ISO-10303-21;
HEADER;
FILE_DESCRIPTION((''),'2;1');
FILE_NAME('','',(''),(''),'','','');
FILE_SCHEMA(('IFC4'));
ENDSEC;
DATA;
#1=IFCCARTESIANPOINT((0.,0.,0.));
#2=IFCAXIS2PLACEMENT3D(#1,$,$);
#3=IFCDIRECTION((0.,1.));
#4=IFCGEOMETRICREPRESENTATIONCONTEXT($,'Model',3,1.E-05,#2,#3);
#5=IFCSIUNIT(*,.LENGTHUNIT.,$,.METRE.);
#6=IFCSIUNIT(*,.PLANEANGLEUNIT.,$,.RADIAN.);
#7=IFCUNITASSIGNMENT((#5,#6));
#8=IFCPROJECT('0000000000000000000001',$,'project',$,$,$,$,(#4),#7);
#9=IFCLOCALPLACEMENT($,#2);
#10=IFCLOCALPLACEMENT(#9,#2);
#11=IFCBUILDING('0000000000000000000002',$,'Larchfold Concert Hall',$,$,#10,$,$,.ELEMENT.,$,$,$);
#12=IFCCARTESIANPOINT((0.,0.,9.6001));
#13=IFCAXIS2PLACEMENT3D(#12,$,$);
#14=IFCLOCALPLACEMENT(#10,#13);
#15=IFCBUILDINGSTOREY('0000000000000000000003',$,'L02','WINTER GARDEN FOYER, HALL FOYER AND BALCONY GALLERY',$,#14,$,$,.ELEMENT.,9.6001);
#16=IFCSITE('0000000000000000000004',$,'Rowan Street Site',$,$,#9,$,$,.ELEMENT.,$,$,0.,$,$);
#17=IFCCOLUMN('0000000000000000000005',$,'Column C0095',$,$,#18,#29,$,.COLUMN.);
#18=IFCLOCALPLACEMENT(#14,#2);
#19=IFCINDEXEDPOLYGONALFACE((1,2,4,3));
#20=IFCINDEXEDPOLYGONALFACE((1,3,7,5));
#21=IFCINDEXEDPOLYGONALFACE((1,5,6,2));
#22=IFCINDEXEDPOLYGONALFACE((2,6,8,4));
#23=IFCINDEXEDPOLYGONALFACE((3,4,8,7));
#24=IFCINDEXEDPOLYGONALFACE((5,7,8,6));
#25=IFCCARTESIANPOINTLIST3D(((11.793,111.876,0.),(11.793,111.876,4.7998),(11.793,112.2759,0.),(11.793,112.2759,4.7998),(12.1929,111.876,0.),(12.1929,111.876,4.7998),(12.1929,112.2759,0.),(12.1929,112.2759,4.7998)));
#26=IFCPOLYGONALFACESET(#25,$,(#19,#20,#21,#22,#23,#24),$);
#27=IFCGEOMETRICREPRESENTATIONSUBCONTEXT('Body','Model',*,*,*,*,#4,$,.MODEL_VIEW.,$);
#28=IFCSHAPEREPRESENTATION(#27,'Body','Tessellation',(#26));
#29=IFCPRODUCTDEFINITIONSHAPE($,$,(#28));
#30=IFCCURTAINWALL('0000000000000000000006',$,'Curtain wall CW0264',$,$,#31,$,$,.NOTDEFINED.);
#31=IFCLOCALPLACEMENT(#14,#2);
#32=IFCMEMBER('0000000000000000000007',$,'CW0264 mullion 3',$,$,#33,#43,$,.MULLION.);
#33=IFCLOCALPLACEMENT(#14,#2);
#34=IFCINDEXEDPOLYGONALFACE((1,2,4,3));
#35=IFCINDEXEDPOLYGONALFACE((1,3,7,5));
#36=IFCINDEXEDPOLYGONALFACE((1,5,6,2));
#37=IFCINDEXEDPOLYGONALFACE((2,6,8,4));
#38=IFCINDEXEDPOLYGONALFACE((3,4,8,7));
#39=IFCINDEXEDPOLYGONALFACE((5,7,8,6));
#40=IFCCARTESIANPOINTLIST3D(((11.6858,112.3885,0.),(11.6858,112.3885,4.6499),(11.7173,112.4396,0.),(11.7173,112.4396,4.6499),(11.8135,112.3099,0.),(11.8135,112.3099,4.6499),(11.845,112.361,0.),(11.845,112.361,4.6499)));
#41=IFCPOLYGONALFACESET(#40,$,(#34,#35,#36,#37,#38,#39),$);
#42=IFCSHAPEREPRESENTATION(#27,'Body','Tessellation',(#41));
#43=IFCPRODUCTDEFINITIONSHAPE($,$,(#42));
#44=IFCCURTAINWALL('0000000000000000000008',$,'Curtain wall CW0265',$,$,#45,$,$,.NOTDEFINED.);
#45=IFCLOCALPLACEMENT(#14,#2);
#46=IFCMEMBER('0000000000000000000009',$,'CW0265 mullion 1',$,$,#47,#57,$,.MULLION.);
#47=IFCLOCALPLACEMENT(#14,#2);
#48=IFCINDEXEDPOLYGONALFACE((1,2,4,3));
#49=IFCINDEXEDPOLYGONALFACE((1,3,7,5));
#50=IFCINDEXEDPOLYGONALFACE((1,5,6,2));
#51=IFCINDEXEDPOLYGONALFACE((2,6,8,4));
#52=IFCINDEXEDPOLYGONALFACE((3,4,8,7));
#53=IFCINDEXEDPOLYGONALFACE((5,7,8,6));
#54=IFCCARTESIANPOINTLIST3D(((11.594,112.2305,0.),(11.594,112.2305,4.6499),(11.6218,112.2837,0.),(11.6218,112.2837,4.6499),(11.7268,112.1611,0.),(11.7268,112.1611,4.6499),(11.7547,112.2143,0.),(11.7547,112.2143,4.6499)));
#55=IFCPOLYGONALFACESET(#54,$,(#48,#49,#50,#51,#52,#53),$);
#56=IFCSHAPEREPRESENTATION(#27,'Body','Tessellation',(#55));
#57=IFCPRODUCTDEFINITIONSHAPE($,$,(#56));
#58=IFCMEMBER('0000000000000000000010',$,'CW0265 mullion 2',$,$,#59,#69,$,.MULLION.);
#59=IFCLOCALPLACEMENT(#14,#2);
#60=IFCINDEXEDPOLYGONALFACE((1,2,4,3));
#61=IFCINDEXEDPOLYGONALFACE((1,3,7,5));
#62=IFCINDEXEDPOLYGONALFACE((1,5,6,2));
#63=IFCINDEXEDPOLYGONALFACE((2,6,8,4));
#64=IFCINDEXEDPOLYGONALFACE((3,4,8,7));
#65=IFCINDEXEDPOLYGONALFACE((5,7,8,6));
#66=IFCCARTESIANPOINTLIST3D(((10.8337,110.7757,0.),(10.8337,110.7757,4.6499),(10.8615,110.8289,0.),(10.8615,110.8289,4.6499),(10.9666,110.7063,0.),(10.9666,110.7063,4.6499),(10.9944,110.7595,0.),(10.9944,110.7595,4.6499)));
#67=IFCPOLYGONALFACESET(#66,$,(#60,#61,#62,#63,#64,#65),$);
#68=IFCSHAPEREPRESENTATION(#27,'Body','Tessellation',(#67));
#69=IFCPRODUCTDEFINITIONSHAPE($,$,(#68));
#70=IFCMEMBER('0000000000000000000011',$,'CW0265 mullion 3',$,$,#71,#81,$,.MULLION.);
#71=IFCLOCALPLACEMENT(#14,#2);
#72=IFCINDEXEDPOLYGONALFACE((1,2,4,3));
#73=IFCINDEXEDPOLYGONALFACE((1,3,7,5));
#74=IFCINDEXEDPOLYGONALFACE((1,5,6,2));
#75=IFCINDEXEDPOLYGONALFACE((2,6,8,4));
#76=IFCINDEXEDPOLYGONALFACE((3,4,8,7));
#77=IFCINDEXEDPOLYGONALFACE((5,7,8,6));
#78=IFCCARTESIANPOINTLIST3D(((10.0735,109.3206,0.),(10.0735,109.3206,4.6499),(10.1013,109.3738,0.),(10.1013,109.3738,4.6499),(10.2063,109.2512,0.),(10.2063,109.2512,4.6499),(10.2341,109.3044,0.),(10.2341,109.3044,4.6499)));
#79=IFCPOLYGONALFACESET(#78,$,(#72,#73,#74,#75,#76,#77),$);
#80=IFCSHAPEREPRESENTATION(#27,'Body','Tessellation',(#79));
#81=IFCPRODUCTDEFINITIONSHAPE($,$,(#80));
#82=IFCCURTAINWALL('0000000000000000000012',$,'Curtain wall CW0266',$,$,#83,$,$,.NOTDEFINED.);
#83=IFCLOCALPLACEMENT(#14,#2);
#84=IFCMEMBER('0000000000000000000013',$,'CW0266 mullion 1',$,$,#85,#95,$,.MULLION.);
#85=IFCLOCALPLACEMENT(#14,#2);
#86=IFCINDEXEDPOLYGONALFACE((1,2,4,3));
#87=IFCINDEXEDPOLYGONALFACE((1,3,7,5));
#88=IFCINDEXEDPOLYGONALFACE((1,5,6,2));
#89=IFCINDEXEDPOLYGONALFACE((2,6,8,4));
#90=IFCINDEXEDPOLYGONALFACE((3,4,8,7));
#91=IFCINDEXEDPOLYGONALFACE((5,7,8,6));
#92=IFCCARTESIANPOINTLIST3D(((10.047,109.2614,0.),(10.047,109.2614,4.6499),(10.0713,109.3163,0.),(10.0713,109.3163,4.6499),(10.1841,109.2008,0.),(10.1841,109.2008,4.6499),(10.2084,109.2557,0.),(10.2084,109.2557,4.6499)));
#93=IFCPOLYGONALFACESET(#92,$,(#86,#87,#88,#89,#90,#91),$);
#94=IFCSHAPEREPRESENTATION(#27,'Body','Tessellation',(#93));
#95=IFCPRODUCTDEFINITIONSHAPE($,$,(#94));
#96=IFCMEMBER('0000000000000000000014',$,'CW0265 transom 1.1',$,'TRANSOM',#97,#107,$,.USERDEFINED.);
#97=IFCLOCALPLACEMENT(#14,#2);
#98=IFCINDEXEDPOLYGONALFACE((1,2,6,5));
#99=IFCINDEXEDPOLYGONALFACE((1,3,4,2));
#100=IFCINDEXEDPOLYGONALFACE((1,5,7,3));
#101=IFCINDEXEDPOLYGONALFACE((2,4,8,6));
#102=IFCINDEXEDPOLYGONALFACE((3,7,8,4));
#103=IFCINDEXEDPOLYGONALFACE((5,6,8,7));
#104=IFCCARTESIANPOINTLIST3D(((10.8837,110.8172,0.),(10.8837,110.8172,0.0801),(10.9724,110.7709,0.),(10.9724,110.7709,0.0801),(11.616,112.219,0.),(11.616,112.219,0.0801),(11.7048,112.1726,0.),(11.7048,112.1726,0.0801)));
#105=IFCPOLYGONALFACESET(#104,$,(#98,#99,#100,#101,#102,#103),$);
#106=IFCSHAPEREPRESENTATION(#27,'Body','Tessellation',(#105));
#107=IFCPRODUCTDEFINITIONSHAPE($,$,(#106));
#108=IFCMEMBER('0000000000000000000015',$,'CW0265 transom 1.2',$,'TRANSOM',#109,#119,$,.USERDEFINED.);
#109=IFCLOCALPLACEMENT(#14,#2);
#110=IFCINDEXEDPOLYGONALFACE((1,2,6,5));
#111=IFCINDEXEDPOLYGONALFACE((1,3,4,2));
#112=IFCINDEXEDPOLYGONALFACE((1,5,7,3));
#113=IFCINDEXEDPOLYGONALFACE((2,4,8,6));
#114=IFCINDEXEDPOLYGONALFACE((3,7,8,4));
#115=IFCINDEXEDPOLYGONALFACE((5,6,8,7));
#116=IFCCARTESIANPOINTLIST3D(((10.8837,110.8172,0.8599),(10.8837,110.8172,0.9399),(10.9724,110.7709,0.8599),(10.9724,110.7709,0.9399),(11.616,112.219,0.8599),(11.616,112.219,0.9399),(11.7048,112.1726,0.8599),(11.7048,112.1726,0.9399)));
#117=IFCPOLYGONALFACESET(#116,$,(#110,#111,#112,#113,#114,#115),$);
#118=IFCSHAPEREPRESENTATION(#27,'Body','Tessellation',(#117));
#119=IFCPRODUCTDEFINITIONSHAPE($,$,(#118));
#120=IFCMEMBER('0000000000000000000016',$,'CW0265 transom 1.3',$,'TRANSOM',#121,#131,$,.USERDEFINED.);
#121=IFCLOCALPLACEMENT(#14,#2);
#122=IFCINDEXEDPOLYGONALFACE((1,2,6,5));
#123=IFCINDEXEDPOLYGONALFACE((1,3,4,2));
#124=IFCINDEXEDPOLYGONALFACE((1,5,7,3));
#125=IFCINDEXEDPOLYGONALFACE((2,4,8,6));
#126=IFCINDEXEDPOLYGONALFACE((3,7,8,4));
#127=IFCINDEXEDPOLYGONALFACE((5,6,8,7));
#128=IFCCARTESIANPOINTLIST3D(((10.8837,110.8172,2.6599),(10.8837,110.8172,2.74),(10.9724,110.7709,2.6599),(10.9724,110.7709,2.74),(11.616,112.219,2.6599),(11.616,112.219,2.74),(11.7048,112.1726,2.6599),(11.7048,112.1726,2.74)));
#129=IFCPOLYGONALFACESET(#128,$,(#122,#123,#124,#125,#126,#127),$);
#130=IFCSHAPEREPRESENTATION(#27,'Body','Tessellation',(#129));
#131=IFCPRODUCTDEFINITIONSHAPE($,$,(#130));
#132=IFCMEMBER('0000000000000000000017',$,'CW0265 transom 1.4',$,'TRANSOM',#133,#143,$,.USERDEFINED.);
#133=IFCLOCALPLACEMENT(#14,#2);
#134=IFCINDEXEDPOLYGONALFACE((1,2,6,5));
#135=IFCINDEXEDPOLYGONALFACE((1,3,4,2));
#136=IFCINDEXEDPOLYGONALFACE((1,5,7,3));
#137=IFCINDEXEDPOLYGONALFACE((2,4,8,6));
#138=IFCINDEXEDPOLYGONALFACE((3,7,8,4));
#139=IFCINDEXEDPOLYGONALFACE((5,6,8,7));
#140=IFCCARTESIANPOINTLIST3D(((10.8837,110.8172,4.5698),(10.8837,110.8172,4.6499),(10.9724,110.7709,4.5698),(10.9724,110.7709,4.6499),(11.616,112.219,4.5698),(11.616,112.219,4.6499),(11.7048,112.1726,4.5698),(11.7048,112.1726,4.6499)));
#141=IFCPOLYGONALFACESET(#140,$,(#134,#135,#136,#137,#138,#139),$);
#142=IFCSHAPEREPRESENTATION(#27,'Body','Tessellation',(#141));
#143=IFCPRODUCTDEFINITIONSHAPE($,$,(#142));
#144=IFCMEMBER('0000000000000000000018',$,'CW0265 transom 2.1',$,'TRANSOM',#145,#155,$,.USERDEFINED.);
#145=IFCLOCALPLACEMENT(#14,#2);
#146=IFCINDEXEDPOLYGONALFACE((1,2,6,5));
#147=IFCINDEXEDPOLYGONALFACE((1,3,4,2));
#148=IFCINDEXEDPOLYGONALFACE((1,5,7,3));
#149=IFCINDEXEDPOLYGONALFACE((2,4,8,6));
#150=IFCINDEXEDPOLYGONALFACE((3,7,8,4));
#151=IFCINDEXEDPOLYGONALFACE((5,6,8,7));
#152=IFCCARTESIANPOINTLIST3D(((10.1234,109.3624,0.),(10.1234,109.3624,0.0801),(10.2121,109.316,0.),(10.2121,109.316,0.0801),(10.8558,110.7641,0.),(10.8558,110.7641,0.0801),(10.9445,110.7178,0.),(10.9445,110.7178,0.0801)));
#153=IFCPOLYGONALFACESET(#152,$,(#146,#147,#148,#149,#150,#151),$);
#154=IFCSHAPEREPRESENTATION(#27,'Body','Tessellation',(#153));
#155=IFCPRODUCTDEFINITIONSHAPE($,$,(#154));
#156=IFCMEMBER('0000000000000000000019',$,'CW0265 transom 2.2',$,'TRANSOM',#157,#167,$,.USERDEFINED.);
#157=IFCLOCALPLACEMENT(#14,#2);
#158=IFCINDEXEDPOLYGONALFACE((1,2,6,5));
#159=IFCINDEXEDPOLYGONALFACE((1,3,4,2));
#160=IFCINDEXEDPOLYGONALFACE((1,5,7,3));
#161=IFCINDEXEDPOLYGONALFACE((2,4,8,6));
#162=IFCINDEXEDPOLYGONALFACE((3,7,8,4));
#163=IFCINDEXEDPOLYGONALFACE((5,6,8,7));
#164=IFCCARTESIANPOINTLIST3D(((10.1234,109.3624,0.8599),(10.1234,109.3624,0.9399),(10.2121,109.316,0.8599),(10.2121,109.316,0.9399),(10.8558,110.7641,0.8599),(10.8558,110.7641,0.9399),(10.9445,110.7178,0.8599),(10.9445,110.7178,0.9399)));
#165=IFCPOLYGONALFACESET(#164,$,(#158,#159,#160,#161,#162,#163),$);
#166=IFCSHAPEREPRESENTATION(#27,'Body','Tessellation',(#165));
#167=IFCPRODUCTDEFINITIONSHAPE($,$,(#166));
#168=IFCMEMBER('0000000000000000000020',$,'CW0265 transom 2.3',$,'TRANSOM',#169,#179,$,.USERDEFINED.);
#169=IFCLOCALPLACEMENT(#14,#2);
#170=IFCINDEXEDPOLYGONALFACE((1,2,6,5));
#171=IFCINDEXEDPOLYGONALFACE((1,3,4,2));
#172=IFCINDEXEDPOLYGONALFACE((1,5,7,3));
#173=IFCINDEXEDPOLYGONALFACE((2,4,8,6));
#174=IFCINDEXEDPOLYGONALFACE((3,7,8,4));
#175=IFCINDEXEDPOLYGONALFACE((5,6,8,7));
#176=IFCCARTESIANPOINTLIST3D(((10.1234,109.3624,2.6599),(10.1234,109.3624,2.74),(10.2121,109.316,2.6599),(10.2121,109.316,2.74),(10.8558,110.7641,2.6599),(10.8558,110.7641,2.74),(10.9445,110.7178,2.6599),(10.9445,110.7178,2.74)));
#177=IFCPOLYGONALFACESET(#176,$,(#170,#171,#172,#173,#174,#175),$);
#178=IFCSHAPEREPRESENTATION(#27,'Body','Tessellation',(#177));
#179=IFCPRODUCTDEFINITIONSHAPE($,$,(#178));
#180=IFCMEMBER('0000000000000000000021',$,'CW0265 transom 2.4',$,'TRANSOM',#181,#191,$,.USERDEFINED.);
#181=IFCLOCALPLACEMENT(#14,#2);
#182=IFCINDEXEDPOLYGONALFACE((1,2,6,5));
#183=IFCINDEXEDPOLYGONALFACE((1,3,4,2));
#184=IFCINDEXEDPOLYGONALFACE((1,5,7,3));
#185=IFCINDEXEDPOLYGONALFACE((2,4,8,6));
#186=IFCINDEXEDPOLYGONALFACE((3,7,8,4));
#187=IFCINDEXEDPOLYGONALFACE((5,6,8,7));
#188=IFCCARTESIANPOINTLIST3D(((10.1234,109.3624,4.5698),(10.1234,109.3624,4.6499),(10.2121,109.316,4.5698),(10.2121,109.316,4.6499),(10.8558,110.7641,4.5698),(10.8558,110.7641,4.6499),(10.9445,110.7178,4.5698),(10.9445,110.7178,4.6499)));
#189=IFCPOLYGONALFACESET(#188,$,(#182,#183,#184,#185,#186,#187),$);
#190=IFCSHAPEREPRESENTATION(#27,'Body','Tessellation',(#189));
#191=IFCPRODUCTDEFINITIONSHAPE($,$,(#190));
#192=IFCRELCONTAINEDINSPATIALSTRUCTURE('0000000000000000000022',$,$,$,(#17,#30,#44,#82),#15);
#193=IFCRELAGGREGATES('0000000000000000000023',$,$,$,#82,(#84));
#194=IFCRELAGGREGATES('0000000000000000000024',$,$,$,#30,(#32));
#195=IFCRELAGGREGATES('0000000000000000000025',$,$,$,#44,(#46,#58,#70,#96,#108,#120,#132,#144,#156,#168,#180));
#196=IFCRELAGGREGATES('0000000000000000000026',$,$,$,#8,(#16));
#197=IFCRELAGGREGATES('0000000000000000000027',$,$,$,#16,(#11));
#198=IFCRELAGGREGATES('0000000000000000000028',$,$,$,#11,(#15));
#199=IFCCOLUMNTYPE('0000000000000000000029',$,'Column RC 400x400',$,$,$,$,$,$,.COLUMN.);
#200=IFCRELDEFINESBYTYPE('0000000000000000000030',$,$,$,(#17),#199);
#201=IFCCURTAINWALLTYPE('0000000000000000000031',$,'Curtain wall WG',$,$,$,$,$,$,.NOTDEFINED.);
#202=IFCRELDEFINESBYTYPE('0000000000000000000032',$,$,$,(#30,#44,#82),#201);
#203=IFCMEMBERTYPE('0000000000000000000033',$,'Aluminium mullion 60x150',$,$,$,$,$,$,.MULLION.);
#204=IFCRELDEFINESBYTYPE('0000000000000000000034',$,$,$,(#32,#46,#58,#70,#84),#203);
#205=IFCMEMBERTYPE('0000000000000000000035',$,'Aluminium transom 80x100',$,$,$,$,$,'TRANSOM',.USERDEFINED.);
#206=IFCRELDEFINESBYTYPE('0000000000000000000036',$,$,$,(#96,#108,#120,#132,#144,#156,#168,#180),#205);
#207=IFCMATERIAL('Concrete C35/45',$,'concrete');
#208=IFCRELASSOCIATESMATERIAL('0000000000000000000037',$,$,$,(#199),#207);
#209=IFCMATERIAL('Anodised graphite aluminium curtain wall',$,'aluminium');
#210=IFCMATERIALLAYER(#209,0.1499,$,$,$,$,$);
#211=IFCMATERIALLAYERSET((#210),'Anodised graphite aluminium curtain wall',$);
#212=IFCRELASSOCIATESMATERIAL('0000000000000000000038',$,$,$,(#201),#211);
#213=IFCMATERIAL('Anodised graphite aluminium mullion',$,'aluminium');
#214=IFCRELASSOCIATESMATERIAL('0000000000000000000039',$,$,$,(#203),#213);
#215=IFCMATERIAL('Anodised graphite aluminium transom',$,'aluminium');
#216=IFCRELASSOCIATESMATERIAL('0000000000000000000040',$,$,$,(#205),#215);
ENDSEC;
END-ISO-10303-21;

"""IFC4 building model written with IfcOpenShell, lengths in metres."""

from ifc_helpers import new_model, si_unit, direction, frame, origin, origin_2d, place, context, subcontext, project, spatial, rectangle, extrude, material, layer, layer_set, material_profile, profile_set, type_object, element, aggregate, save


model = new_model("IFC4")

# Units and contexts
model_context = context("Model", 3, precision=1e-05, world=origin(), true_north=direction((0.0, 1.0)))
body_context = subcontext(model_context, "Body", "Model", "MODEL_VIEW")
ifc_project = project(units=[si_unit("LENGTHUNIT", "METRE"), si_unit("PLANEANGLEUNIT", "RADIAN")], contexts=[model_context])

# Site, building, storey
site_placement = place(None, origin())
site = spatial("IfcSite", under=ifc_project, at=site_placement, Name="Rowan Street Site", CompositionType="ELEMENT", RefElevation=0.0)
building_placement = place(site_placement, origin())
building = spatial("IfcBuilding", under=site, at=building_placement, Name="Larchfold Concert Hall", CompositionType="ELEMENT")
storey_placement = place(building_placement, frame((0.0, 0.0, 9.6001)))
storey = spatial("IfcBuildingStorey", under=building, at=storey_placement, Name="L02", Description="WINTER GARDEN FOYER, HALL FOYER AND BALCONY GALLERY", CompositionType="ELEMENT", Elevation=9.6001)

# Column
ifc_material_1 = material(Name="Concrete C35/45", Category="concrete")
ifc_material_profile_1 = material_profile(ifc_material_1, rectangle(XDim=0.3999, YDim=0.3999, at=origin_2d()))
ifc_profile_set_1 = profile_set([ifc_material_profile_1], Name="Concrete C35/45")
column_type = type_object("IfcColumnType", Name="Column RC 400x400", PredefinedType="COLUMN", material=ifc_profile_set_1)
column_placement = place(storey_placement, frame((11.9929, 112.0759, 0.0), z_axis=(0.0, 0.0, 1.0), x_axis=(1.0, 0.0, 0.0)))
element("IfcColumn", 1, at=column_placement, inside=storey, type_object=column_type, Name="Column C0095", PredefinedType="COLUMN", context=body_context, shape_type="SweptSolid", body=[
    extrude(rectangle(XDim=0.3999, YDim=0.3999, at=origin_2d()), origin(), (0.0, 0.0, 1.0), 4.7998),
])

# Curtain wall, member
ifc_material_2 = material(Name="Anodised graphite aluminium curtain wall", Category="aluminium")
ifc_layer_1 = layer(ifc_material_2, 0.1499)
ifc_layer_set_1 = layer_set([ifc_layer_1], Name="Anodised graphite aluminium curtain wall")
curtain_wall_type = type_object("IfcCurtainWallType", Name="Curtain wall WG", PredefinedType="NOTDEFINED", material=ifc_layer_set_1)
curtain_wall_1_placement = place(storey_placement, origin())
curtain_wall_1 = element("IfcCurtainWall", 2, at=curtain_wall_1_placement, inside=storey, type_object=curtain_wall_type, Name="Curtain wall CW0264", PredefinedType="NOTDEFINED")
ifc_material_3 = material(Name="Anodised graphite aluminium mullion", Category="aluminium")
ifc_material_profile_2 = material_profile(ifc_material_3, rectangle(XDim=0.1499, YDim=0.0601, at=origin_2d()))
ifc_profile_set_2 = profile_set([ifc_material_profile_2], Name="Anodised graphite aluminium mullion")
member_type_1 = type_object("IfcMemberType", Name="Aluminium mullion 60x150", PredefinedType="MULLION", material=ifc_profile_set_2)
member_1_placement = place(storey_placement, frame((11.7654, 112.3748, 0.0), z_axis=(0.0, 0.0, 1.0), x_axis=(0.851651, -0.52411, 0.0)))
member_1 = element("IfcMember", 3, at=member_1_placement, type_object=member_type_1, Name="CW0264 mullion 3", PredefinedType="MULLION", context=body_context, shape_type="SweptSolid", body=[
    extrude(rectangle(XDim=0.1499, YDim=0.0601, at=origin_2d()), origin(), (0.0, 0.0, 1.0), 4.6499),
])

# Curtain wall, members
curtain_wall_2_placement = place(storey_placement, origin())
curtain_wall_2 = element("IfcCurtainWall", 4, at=curtain_wall_2_placement, inside=storey, type_object=curtain_wall_type, Name="Curtain wall CW0265", PredefinedType="NOTDEFINED")
member_2_placement = place(storey_placement, frame((11.6743, 112.2224, 0.0), z_axis=(0.0, 0.0, 1.0), x_axis=(0.886296, -0.46312, 0.0)))
member_2 = element("IfcMember", 5, at=member_2_placement, type_object=member_type_1, Name="CW0265 mullion 1", PredefinedType="MULLION", context=body_context, shape_type="SweptSolid", body=[
    extrude(rectangle(XDim=0.1499, YDim=0.0601, at=origin_2d()), origin(), (0.0, 0.0, 1.0), 4.6499),
])
member_3_placement = place(storey_placement, frame((10.9141, 110.7676, 0.0), z_axis=(0.0, 0.0, 1.0), x_axis=(0.886296, -0.46312, 0.0)))
member_3 = element("IfcMember", 6, at=member_3_placement, type_object=member_type_1, Name="CW0265 mullion 2", PredefinedType="MULLION", context=body_context, shape_type="SweptSolid", body=[
    extrude(rectangle(XDim=0.1499, YDim=0.0601, at=origin_2d()), origin(), (0.0, 0.0, 1.0), 4.6499),
])
member_4_placement = place(storey_placement, frame((10.1538, 109.3125, 0.0), z_axis=(0.0, 0.0, 1.0), x_axis=(0.886296, -0.46312, 0.0)))
member_4 = element("IfcMember", 7, at=member_4_placement, type_object=member_type_1, Name="CW0265 mullion 3", PredefinedType="MULLION", context=body_context, shape_type="SweptSolid", body=[
    extrude(rectangle(XDim=0.1499, YDim=0.0601, at=origin_2d()), origin(), (0.0, 0.0, 1.0), 4.6499),
])

# Curtain wall, member
curtain_wall_3_placement = place(storey_placement, origin())
curtain_wall_3 = element("IfcCurtainWall", 8, at=curtain_wall_3_placement, inside=storey, type_object=curtain_wall_type, Name="Curtain wall CW0266", PredefinedType="NOTDEFINED")
member_5_placement = place(storey_placement, frame((10.1277, 109.2585, 0.0), z_axis=(0.0, 0.0, 1.0), x_axis=(0.914703, -0.404126, 0.0)))
member_5 = element("IfcMember", 9, at=member_5_placement, type_object=member_type_1, Name="CW0266 mullion 1", PredefinedType="MULLION", context=body_context, shape_type="SweptSolid", body=[
    extrude(rectangle(XDim=0.1499, YDim=0.0601, at=origin_2d()), origin(), (0.0, 0.0, 1.0), 4.6499),
])

# Members
ifc_material_4 = material(Name="Anodised graphite aluminium transom", Category="aluminium")
ifc_material_profile_3 = material_profile(ifc_material_4, rectangle(XDim=0.1001, YDim=0.0801, at=origin_2d()))
ifc_profile_set_3 = profile_set([ifc_material_profile_3], Name="Anodised graphite aluminium transom")
member_type_2 = type_object("IfcMemberType", Name="Aluminium transom 80x100", ElementType="TRANSOM", PredefinedType="USERDEFINED", material=ifc_profile_set_3)
member_6_placement = place(storey_placement, frame((11.6604, 112.1958, 0.04), z_axis=(-0.463072, -0.88632, 0.0), x_axis=(0.88632, -0.463072, 0.0)))
member_6 = element("IfcMember", 10, at=member_6_placement, type_object=member_type_2, Name="CW0265 transom 1.1", ObjectType="TRANSOM", PredefinedType="USERDEFINED", context=body_context, shape_type="SweptSolid", body=[
    extrude(rectangle(XDim=0.1001, YDim=0.0801, at=origin_2d()), origin(), (0.0, 0.0, 1.0), 1.5815),
])
member_7_placement = place(storey_placement, frame((11.6604, 112.1958, 0.8999), z_axis=(-0.463072, -0.88632, 0.0), x_axis=(0.88632, -0.463072, 0.0)))
member_7 = element("IfcMember", 11, at=member_7_placement, type_object=member_type_2, Name="CW0265 transom 1.2", ObjectType="TRANSOM", PredefinedType="USERDEFINED", context=body_context, shape_type="SweptSolid", body=[
    extrude(rectangle(XDim=0.1001, YDim=0.0801, at=origin_2d()), origin(), (0.0, 0.0, 1.0), 1.5815),
])
member_8_placement = place(storey_placement, frame((11.6604, 112.1958, 2.7), z_axis=(-0.463072, -0.88632, 0.0), x_axis=(0.88632, -0.463072, 0.0)))
member_8 = element("IfcMember", 12, at=member_8_placement, type_object=member_type_2, Name="CW0265 transom 1.3", ObjectType="TRANSOM", PredefinedType="USERDEFINED", context=body_context, shape_type="SweptSolid", body=[
    extrude(rectangle(XDim=0.1001, YDim=0.0801, at=origin_2d()), origin(), (0.0, 0.0, 1.0), 1.5815),
])
member_9_placement = place(storey_placement, frame((11.6604, 112.1958, 4.6099), z_axis=(-0.463072, -0.88632, 0.0), x_axis=(0.88632, -0.463072, 0.0)))
member_9 = element("IfcMember", 13, at=member_9_placement, type_object=member_type_2, Name="CW0265 transom 1.4", ObjectType="TRANSOM", PredefinedType="USERDEFINED", context=body_context, shape_type="SweptSolid", body=[
    extrude(rectangle(XDim=0.1001, YDim=0.0801, at=origin_2d()), origin(), (0.0, 0.0, 1.0), 1.5815),
])
member_10_placement = place(storey_placement, frame((10.9001, 110.741, 0.04), z_axis=(-0.463072, -0.88632, 0.0), x_axis=(0.88632, -0.463072, 0.0)))
member_10 = element("IfcMember", 14, at=member_10_placement, type_object=member_type_2, Name="CW0265 transom 2.1", ObjectType="TRANSOM", PredefinedType="USERDEFINED", context=body_context, shape_type="SweptSolid", body=[
    extrude(rectangle(XDim=0.1001, YDim=0.0801, at=origin_2d()), origin(), (0.0, 0.0, 1.0), 1.5815),
])
member_11_placement = place(storey_placement, frame((10.9001, 110.741, 0.8999), z_axis=(-0.463072, -0.88632, 0.0), x_axis=(0.88632, -0.463072, 0.0)))
member_11 = element("IfcMember", 15, at=member_11_placement, type_object=member_type_2, Name="CW0265 transom 2.2", ObjectType="TRANSOM", PredefinedType="USERDEFINED", context=body_context, shape_type="SweptSolid", body=[
    extrude(rectangle(XDim=0.1001, YDim=0.0801, at=origin_2d()), origin(), (0.0, 0.0, 1.0), 1.5815),
])
member_12_placement = place(storey_placement, frame((10.9001, 110.741, 2.7), z_axis=(-0.463072, -0.88632, 0.0), x_axis=(0.88632, -0.463072, 0.0)))
member_12 = element("IfcMember", 16, at=member_12_placement, type_object=member_type_2, Name="CW0265 transom 2.3", ObjectType="TRANSOM", PredefinedType="USERDEFINED", context=body_context, shape_type="SweptSolid", body=[
    extrude(rectangle(XDim=0.1001, YDim=0.0801, at=origin_2d()), origin(), (0.0, 0.0, 1.0), 1.5815),
])
member_13_placement = place(storey_placement, frame((10.9001, 110.741, 4.6099), z_axis=(-0.463072, -0.88632, 0.0), x_axis=(0.88632, -0.463072, 0.0)))
member_13 = element("IfcMember", 17, at=member_13_placement, type_object=member_type_2, Name="CW0265 transom 2.4", ObjectType="TRANSOM", PredefinedType="USERDEFINED", context=body_context, shape_type="SweptSolid", body=[
    extrude(rectangle(XDim=0.1001, YDim=0.0801, at=origin_2d()), origin(), (0.0, 0.0, 1.0), 1.5815),
])
aggregate(curtain_wall_3, [member_5])

aggregate(curtain_wall_1, [member_1])
aggregate(curtain_wall_2, [member_2, member_3, member_4, member_6, member_7, member_8, member_9, member_10, member_11, member_12, member_13])

save(model, "model.ifc")
